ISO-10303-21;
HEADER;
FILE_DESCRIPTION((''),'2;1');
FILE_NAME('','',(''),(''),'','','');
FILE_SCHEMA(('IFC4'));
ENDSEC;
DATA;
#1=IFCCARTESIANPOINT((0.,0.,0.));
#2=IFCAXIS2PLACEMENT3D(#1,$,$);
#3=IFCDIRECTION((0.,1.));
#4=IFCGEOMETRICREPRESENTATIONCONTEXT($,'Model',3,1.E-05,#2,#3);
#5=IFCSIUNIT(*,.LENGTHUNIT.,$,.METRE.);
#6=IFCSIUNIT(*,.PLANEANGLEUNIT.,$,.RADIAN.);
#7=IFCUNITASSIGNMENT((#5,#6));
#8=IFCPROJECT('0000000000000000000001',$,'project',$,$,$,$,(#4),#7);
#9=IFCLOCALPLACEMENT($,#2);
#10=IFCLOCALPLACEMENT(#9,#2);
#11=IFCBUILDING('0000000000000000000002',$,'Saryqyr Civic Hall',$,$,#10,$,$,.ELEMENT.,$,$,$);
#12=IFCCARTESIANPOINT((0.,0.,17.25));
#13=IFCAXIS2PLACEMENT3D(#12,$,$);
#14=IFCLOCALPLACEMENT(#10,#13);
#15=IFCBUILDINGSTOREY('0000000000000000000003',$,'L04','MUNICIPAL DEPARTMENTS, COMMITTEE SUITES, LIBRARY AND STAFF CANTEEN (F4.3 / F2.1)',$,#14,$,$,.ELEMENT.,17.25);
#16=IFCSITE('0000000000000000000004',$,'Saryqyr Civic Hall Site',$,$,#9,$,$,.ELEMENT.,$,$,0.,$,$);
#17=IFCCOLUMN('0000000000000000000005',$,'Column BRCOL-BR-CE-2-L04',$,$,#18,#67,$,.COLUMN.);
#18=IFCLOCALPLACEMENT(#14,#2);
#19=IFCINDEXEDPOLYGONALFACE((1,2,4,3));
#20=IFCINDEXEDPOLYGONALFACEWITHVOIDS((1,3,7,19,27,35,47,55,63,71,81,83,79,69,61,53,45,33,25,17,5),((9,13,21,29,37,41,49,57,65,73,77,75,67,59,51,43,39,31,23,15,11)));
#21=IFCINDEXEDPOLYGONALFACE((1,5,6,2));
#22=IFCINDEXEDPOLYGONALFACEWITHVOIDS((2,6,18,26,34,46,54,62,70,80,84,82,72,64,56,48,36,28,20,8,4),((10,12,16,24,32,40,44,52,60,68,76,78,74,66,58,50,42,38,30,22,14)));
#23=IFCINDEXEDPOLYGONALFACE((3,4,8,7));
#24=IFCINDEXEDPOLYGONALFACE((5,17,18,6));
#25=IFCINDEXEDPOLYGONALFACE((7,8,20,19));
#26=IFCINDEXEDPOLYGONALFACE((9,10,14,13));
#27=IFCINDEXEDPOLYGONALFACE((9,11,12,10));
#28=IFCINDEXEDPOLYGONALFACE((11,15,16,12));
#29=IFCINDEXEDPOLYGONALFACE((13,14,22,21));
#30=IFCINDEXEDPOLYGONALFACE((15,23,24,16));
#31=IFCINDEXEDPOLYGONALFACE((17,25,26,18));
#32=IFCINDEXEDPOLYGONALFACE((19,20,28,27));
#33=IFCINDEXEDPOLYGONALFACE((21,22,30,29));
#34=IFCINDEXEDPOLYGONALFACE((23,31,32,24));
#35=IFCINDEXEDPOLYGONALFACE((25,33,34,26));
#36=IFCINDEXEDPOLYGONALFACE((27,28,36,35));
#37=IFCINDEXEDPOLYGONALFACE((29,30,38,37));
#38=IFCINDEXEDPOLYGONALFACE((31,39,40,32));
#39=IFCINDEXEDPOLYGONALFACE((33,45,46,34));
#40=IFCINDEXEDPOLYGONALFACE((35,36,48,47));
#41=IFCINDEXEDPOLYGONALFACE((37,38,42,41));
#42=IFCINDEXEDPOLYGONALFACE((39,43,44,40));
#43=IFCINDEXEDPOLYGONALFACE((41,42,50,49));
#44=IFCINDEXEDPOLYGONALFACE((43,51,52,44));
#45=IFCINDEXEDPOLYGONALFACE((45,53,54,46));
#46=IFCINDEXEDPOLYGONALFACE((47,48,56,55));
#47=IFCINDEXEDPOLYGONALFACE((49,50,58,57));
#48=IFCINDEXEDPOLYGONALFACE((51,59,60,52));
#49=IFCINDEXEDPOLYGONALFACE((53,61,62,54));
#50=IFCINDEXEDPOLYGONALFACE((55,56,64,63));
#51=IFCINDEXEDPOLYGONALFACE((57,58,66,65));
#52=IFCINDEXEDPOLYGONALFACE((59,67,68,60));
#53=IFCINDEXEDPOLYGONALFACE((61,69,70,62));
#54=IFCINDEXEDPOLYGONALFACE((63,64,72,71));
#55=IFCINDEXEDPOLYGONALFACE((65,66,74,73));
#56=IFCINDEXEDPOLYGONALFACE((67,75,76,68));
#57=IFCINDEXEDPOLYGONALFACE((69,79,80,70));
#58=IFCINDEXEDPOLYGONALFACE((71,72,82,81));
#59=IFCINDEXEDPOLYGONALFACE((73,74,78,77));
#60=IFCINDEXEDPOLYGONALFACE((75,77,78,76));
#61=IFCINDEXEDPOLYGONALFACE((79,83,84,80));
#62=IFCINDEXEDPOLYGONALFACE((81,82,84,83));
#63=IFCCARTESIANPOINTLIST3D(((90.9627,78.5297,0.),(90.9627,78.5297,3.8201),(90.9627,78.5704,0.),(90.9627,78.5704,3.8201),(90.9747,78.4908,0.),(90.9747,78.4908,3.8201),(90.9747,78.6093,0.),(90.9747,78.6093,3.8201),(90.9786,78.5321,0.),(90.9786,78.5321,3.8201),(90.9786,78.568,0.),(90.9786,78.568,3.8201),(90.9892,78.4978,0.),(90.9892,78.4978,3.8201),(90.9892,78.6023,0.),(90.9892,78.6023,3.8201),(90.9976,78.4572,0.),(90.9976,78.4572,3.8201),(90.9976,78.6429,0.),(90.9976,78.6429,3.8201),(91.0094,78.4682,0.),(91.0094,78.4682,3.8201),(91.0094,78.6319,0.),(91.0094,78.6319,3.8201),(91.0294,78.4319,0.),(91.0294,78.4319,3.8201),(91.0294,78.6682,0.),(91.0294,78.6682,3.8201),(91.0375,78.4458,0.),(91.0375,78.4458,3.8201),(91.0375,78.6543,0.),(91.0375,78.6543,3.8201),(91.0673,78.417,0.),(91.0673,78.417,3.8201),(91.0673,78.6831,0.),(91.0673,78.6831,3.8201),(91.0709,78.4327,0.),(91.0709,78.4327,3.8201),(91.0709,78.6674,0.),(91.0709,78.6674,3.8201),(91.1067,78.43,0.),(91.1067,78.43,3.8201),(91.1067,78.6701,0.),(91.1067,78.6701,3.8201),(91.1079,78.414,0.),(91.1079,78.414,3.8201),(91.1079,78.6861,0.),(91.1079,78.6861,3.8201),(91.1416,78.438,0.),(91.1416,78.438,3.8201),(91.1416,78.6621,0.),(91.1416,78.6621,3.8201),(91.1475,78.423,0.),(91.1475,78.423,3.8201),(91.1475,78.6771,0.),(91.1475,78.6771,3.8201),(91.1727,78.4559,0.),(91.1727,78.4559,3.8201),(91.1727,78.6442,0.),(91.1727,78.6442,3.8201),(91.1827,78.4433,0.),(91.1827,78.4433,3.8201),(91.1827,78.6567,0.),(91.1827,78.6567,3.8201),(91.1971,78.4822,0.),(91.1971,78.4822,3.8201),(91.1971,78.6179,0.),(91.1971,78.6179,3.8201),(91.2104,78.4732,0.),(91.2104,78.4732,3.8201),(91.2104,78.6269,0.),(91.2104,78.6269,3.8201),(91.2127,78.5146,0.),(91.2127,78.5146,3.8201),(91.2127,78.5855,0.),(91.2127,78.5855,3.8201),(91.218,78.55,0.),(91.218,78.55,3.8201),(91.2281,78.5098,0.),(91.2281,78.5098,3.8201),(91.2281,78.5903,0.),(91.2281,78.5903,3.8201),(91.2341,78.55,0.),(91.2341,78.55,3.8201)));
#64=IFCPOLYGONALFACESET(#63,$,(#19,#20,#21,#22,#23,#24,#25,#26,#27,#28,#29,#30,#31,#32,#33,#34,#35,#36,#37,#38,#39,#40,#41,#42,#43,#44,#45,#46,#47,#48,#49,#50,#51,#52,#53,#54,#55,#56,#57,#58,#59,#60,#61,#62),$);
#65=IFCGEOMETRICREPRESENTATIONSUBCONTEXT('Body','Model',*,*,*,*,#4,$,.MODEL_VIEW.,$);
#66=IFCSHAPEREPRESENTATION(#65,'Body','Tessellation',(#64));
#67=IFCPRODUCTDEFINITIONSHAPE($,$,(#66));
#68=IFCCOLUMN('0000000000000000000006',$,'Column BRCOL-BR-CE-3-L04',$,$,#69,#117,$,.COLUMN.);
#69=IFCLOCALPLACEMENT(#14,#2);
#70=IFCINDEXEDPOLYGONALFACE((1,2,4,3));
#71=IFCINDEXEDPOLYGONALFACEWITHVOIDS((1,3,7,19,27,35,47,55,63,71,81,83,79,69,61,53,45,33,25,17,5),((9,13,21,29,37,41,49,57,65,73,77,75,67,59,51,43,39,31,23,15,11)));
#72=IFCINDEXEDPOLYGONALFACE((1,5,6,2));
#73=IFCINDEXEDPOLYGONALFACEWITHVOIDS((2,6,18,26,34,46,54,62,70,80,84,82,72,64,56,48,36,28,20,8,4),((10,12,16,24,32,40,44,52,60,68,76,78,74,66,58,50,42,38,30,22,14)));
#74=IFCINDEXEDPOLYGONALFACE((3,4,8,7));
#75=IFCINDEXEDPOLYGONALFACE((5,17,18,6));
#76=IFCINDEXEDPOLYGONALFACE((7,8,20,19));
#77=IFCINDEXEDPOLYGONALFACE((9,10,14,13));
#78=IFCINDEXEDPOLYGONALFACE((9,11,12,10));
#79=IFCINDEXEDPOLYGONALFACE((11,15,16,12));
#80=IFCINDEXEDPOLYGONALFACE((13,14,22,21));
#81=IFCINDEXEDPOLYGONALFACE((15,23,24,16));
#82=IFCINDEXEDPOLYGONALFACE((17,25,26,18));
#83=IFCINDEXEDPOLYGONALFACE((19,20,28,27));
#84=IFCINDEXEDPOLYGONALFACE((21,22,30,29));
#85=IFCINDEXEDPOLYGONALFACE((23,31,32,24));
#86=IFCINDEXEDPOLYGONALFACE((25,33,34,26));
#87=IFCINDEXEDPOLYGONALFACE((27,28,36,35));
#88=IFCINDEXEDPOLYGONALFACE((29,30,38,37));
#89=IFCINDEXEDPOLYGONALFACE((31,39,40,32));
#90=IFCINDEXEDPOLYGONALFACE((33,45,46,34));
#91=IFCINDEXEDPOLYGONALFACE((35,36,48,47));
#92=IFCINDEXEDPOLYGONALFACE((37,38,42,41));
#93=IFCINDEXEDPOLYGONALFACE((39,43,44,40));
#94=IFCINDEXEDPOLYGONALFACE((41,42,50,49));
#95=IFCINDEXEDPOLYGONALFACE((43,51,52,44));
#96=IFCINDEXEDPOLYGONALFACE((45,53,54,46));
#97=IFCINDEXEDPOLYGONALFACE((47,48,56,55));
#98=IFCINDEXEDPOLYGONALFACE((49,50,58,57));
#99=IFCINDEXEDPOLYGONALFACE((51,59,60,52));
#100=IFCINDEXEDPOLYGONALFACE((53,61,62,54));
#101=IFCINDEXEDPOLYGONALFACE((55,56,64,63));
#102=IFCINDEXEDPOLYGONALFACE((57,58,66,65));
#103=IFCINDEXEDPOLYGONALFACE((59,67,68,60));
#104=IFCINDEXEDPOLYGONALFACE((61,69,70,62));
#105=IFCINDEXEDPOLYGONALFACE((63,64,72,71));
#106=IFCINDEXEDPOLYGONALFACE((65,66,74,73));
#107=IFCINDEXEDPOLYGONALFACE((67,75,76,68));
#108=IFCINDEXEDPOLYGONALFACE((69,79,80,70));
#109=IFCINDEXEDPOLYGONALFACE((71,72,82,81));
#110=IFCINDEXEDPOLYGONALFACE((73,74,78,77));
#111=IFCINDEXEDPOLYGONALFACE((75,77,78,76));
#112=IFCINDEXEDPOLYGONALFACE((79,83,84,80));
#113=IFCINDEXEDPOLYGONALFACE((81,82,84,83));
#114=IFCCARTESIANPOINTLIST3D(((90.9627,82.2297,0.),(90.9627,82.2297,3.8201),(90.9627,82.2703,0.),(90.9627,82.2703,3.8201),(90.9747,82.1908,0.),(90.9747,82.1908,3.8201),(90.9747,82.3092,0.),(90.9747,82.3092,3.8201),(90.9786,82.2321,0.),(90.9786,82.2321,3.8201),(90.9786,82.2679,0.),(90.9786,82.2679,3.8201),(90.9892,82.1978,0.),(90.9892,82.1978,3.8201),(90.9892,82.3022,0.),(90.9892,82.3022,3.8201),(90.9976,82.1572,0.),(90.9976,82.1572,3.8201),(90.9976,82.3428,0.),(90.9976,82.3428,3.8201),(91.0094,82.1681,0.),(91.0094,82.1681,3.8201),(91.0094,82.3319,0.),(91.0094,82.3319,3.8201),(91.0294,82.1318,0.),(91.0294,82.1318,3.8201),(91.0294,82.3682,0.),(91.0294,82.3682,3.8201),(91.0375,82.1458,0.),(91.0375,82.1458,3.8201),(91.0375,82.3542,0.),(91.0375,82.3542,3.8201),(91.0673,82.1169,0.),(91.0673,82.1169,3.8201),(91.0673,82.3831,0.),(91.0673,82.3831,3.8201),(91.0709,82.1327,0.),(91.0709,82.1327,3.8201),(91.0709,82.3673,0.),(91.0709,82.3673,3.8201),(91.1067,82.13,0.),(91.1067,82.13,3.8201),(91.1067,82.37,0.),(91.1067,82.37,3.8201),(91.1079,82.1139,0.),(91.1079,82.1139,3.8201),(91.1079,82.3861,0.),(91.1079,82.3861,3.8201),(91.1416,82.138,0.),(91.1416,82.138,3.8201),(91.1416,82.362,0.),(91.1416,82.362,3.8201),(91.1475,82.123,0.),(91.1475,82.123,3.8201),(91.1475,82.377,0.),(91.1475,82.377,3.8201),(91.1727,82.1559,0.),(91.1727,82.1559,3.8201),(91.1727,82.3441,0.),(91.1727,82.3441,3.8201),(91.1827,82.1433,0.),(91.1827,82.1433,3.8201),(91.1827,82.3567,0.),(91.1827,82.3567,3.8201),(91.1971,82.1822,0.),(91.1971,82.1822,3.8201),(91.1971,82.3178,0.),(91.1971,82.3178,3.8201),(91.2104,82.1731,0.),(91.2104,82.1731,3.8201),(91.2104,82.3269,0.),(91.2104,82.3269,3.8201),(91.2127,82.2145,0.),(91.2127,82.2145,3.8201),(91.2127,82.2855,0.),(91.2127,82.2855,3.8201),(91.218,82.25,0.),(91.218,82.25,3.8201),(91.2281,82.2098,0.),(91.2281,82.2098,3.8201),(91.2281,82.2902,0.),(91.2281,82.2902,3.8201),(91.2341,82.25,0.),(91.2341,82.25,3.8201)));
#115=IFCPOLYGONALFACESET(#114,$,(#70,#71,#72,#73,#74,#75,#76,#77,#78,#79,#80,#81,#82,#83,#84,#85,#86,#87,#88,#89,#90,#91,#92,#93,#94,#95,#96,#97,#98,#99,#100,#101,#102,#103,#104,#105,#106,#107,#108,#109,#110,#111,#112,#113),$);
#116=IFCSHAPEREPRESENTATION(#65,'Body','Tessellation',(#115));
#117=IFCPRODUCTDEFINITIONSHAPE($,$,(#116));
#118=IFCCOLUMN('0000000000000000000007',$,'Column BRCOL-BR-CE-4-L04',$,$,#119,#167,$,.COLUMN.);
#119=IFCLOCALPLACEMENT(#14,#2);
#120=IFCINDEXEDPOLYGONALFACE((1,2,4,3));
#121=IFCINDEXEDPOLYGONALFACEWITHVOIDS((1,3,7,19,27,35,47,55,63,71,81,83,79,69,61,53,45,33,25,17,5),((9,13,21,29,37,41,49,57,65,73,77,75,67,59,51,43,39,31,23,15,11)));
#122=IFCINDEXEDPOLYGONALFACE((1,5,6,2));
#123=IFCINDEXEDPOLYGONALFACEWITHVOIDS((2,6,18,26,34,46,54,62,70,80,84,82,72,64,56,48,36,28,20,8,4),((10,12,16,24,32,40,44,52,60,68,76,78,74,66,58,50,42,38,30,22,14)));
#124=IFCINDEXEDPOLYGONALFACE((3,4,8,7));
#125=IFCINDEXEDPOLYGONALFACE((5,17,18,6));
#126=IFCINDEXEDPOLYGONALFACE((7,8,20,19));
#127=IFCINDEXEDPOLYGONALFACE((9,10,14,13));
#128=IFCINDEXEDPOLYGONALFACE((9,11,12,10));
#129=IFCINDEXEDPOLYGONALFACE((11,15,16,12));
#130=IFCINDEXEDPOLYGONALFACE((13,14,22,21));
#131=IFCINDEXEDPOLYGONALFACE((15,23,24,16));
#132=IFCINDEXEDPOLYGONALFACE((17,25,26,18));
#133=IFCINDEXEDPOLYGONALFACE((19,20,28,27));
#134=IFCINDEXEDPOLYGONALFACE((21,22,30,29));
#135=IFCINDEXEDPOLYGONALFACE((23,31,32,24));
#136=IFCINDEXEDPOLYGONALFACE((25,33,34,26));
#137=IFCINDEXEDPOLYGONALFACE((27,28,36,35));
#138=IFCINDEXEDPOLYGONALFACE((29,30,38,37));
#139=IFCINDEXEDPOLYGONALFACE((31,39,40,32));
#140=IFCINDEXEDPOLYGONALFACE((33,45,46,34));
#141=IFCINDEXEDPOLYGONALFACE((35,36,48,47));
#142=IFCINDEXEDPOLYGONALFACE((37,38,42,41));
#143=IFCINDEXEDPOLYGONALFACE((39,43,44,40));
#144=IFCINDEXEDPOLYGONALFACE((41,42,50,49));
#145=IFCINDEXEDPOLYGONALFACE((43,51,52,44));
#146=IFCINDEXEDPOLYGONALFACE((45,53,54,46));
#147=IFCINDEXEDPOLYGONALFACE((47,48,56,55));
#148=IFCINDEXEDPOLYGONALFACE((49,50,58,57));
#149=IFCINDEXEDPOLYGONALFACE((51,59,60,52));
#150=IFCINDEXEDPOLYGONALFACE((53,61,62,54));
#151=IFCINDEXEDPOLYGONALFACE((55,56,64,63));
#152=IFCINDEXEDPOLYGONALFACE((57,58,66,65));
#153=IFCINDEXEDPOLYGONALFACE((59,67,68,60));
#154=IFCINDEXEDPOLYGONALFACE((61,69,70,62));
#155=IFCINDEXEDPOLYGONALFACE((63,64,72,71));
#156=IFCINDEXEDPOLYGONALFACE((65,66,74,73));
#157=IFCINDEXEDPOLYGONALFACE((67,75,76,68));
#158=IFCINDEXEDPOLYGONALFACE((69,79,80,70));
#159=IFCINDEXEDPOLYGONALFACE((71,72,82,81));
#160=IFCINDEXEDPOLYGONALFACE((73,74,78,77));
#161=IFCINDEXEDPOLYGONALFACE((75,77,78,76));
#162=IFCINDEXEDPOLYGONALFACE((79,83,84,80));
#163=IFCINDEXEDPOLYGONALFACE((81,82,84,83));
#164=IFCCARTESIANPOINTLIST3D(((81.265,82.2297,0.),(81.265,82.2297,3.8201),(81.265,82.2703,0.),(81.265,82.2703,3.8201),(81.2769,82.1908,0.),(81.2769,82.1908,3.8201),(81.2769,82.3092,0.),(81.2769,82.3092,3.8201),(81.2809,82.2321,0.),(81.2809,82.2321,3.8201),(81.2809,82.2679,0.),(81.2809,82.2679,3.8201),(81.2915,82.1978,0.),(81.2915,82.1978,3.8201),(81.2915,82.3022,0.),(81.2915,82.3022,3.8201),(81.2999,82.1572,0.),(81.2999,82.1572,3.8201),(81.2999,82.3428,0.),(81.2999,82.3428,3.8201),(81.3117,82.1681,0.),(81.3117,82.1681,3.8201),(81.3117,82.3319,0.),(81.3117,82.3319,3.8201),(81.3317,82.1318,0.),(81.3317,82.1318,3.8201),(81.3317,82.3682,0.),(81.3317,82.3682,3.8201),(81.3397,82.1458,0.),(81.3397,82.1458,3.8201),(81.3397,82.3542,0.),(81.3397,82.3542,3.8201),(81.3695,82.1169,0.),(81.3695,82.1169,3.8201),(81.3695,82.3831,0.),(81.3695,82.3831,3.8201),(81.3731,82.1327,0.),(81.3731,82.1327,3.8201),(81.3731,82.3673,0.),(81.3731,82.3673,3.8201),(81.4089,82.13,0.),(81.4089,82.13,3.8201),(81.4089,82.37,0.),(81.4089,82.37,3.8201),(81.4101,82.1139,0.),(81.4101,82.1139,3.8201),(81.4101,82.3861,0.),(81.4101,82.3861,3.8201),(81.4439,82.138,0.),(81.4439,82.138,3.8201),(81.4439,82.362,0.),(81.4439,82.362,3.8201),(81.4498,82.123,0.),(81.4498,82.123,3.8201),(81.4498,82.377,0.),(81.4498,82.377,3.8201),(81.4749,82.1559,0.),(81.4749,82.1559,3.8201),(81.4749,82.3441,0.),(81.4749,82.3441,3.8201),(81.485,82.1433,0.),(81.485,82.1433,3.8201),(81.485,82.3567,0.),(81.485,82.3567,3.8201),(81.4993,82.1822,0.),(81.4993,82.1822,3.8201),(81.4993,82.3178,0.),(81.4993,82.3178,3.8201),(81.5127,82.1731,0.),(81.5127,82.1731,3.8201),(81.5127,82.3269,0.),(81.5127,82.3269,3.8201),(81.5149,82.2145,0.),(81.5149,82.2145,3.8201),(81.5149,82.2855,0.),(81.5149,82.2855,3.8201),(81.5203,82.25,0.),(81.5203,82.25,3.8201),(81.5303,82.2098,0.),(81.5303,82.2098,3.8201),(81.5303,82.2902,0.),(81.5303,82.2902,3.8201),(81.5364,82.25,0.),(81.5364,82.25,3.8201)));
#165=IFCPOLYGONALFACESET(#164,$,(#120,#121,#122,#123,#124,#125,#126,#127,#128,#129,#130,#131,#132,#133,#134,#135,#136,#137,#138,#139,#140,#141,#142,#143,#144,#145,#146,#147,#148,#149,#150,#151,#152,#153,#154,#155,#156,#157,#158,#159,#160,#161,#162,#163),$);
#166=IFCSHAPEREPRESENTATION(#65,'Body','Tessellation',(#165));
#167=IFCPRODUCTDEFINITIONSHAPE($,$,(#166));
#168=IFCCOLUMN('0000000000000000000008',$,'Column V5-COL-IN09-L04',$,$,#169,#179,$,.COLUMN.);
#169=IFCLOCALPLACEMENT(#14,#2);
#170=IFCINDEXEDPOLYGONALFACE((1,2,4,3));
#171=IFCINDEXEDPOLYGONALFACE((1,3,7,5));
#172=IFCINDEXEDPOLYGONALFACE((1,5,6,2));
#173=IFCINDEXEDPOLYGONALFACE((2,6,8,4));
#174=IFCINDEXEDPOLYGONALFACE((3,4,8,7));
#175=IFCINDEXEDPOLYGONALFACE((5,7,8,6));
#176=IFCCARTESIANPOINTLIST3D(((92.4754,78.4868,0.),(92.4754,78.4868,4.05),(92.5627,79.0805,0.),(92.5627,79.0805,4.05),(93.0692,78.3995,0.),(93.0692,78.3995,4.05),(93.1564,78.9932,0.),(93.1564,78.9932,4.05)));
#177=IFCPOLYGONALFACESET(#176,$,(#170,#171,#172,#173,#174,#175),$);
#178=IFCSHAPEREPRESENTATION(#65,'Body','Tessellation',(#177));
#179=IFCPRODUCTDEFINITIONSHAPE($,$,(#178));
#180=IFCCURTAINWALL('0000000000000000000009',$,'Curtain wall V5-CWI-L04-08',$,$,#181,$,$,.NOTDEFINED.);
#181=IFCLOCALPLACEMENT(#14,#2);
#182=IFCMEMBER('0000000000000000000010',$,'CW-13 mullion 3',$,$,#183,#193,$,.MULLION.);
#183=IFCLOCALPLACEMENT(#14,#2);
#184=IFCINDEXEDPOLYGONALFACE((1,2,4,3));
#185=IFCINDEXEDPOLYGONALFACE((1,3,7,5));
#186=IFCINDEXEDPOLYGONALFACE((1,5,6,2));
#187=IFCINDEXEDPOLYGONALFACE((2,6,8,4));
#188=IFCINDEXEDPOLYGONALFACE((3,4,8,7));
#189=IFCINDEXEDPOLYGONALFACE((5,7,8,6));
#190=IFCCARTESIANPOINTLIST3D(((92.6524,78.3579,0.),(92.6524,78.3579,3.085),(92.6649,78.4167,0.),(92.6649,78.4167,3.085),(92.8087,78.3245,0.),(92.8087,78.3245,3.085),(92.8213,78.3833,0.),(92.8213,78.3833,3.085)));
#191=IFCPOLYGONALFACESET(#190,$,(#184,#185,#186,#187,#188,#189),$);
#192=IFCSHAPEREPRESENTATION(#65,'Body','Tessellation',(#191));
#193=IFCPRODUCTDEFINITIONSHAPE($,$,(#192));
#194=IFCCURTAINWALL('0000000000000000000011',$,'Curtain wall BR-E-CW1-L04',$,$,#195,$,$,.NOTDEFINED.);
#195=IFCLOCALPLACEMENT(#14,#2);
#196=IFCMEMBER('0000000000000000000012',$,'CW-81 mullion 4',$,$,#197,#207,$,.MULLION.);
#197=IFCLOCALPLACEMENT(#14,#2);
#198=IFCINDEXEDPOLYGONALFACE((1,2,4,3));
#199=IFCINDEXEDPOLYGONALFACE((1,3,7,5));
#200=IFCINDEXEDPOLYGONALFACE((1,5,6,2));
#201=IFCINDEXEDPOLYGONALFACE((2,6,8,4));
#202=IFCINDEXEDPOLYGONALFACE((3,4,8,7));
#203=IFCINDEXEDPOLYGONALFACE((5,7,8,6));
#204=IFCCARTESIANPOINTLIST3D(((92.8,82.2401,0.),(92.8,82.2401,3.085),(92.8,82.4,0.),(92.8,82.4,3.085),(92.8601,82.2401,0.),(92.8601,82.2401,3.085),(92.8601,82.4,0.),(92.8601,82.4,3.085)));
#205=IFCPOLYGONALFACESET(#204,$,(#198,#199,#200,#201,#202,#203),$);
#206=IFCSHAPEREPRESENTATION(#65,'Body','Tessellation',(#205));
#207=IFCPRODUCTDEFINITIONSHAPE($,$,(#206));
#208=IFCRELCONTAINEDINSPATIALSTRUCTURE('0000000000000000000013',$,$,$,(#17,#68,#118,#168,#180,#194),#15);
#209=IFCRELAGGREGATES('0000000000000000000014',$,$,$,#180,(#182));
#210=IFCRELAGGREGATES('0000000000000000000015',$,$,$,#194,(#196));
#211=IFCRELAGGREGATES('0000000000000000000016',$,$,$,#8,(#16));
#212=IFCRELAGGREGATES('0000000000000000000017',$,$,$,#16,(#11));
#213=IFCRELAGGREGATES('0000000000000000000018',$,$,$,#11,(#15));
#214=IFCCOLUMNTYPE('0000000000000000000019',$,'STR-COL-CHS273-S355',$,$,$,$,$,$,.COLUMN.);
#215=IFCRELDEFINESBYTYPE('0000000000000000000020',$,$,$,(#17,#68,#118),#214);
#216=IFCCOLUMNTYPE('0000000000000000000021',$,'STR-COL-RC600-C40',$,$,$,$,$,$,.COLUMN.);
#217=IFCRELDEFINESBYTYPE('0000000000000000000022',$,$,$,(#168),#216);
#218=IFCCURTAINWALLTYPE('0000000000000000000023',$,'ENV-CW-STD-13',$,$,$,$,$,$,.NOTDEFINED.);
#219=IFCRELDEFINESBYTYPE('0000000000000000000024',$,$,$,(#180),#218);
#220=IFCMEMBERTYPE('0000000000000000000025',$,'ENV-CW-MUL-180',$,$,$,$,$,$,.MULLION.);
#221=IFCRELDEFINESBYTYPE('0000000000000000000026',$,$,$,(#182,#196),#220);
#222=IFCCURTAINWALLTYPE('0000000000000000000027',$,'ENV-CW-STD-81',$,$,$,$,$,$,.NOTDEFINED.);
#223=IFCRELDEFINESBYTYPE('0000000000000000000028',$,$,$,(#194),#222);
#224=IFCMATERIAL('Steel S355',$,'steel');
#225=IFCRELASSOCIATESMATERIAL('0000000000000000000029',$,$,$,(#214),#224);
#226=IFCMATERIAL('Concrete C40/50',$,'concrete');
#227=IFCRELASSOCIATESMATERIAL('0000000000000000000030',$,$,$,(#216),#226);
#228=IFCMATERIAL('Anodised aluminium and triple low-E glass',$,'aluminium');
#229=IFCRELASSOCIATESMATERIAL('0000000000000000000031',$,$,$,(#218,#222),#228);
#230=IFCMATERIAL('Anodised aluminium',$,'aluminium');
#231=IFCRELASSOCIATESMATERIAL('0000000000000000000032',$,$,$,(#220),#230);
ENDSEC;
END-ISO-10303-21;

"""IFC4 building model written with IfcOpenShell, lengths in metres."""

from ifc_helpers import new_model, si_unit, direction, frame, origin, origin_2d, place, context, subcontext, project, spatial, rectangle, hollow_circle, extrude, material, material_profile, profile_set, type_object, element, aggregate, save


model = new_model("IFC4")

# Units and contexts
model_context = context("Model", 3, precision=1e-05, world=origin(), true_north=direction((0.0, 1.0)))
body_context = subcontext(model_context, "Body", "Model", "MODEL_VIEW")
ifc_project = project(units=[si_unit("LENGTHUNIT", "METRE"), si_unit("PLANEANGLEUNIT", "RADIAN")], contexts=[model_context])

# Site, building, storey
site_placement = place(None, origin())
site = spatial("IfcSite", under=ifc_project, at=site_placement, Name="Saryqyr Civic Hall Site", CompositionType="ELEMENT", RefElevation=0.0)
building_placement = place(site_placement, origin())
building = spatial("IfcBuilding", under=site, at=building_placement, Name="Saryqyr Civic Hall", CompositionType="ELEMENT")
storey_placement = place(building_placement, frame((0.0, 0.0, 17.25)))
storey = spatial("IfcBuildingStorey", under=building, at=storey_placement, Name="L04", Description="MUNICIPAL DEPARTMENTS, COMMITTEE SUITES, LIBRARY AND STAFF CANTEEN (F4.3 / F2.1)", CompositionType="ELEMENT", Elevation=17.25)

# Columns
ifc_material_1 = material(Name="Steel S355", Category="steel")
ifc_material_profile_1 = material_profile(ifc_material_1, hollow_circle(Radius=0.1365, WallThickness=0.0161, at=origin_2d()), Name="CHS 273x16")
ifc_profile_set_1 = profile_set([ifc_material_profile_1], Name="Steel S355")
column_type_1 = type_object("IfcColumnType", Name="STR-COL-CHS273-S355", PredefinedType="COLUMN", material=ifc_profile_set_1)
for number, where, z_axis, x_axis, name in (
    (1, (91.0977, 78.55, 0.0), (0.0, 0.0, 1.0), (1.0, 0.0, 0.0), "Column BRCOL-BR-CE-2-L04"),
    (2, (91.0977, 82.25, 0.0), (0.0, 0.0, 1.0), (1.0, 0.0, 0.0), "Column BRCOL-BR-CE-3-L04"),
    (3, (81.3999, 82.25, 0.0), (0.0, 0.0, 1.0), (1.0, 0.0, 0.0), "Column BRCOL-BR-CE-4-L04"),
):
    element("IfcColumn", number, at=place(storey_placement, frame(where, z_axis=z_axis, x_axis=x_axis)), inside=storey, type_object=column_type_1, Name=name, PredefinedType="COLUMN", context=body_context, shape_type="SweptSolid", body=[
        extrude(hollow_circle(Radius=0.1365, WallThickness=0.0161, at=origin_2d()), origin(), (0.0, 0.0, 1.0), 3.8201),
    ])
ifc_material_2 = material(Name="Concrete C40/50", Category="concrete")
ifc_material_profile_2 = material_profile(ifc_material_2, rectangle(XDim=0.6001, YDim=0.6001, at=origin_2d()), Name="RC 600x600")
ifc_profile_set_2 = profile_set([ifc_material_profile_2], Name="Concrete C40/50")
column_type_2 = type_object("IfcColumnType", Name="STR-COL-RC600-C40", PredefinedType="COLUMN", material=ifc_profile_set_2)
column_placement = place(storey_placement, frame((92.8159, 78.74, 0.0), z_axis=(0.0, 0.0, 1.0), x_axis=(0.989374, -0.145392, 0.0)))
element("IfcColumn", 4, at=column_placement, inside=storey, type_object=column_type_2, Name="Column V5-COL-IN09-L04", PredefinedType="COLUMN", context=body_context, shape_type="SweptSolid", body=[
    extrude(rectangle(XDim=0.6001, YDim=0.6001, at=origin_2d()), origin(), (0.0, 0.0, 1.0), 4.05),
])

# Curtain walls, members
ifc_material_3 = material(Name="Anodised aluminium and triple low-E glass", Category="aluminium")
curtain_wall_type_1 = type_object("IfcCurtainWallType", Name="ENV-CW-STD-13", PredefinedType="NOTDEFINED", material=ifc_material_3)
curtain_wall_1_placement = place(storey_placement, origin())
curtain_wall_1 = element("IfcCurtainWall", 5, at=curtain_wall_1_placement, inside=storey, type_object=curtain_wall_type_1, Name="Curtain wall V5-CWI-L04-08", PredefinedType="NOTDEFINED")
ifc_material_4 = material(Name="Anodised aluminium", Category="aluminium")
ifc_material_profile_3 = material_profile(ifc_material_4, rectangle(XDim=0.0601, YDim=0.1599, at=origin_2d()), Name="ALU MULLION 60x160")
ifc_profile_set_3 = profile_set([ifc_material_profile_3], Name="Anodised aluminium")
member_type_1 = type_object("IfcMemberType", Name="ENV-CW-MUL-180", PredefinedType="MULLION", material=ifc_profile_set_3)
member_1_placement = place(storey_placement, frame((92.7368, 78.3706, 0.0), z_axis=(0.0, 0.0, 1.0), x_axis=(0.208899, 0.977937, 0.0)))
member_1 = element("IfcMember", 6, at=member_1_placement, type_object=member_type_1, Name="CW-13 mullion 3", PredefinedType="MULLION", context=body_context, shape_type="SweptSolid", body=[
    extrude(rectangle(XDim=0.0601, YDim=0.1599, at=origin_2d()), origin(), (0.0, 0.0, 1.0), 3.085),
])
aggregate(curtain_wall_1, [member_1])
curtain_wall_type_2 = type_object("IfcCurtainWallType", Name="ENV-CW-STD-81", PredefinedType="NOTDEFINED", material=ifc_material_3)
curtain_wall_2_placement = place(storey_placement, origin())
curtain_wall_2 = element("IfcCurtainWall", 7, at=curtain_wall_2_placement, inside=storey, type_object=curtain_wall_type_2, Name="Curtain wall BR-E-CW1-L04", PredefinedType="NOTDEFINED")
member_2_placement = place(storey_placement, frame((92.8301, 82.3201, 0.0), z_axis=(0.0, 0.0, 1.0), x_axis=(-1.0, 0.0, 0.0)))
member_2 = element("IfcMember", 8, at=member_2_placement, type_object=member_type_1, Name="CW-81 mullion 4", PredefinedType="MULLION", context=body_context, shape_type="SweptSolid", body=[
    extrude(rectangle(XDim=0.0601, YDim=0.1599, at=origin_2d()), origin(), (0.0, 0.0, 1.0), 3.085),
])
aggregate(curtain_wall_2, [member_2])

save(model, "model.ifc")
